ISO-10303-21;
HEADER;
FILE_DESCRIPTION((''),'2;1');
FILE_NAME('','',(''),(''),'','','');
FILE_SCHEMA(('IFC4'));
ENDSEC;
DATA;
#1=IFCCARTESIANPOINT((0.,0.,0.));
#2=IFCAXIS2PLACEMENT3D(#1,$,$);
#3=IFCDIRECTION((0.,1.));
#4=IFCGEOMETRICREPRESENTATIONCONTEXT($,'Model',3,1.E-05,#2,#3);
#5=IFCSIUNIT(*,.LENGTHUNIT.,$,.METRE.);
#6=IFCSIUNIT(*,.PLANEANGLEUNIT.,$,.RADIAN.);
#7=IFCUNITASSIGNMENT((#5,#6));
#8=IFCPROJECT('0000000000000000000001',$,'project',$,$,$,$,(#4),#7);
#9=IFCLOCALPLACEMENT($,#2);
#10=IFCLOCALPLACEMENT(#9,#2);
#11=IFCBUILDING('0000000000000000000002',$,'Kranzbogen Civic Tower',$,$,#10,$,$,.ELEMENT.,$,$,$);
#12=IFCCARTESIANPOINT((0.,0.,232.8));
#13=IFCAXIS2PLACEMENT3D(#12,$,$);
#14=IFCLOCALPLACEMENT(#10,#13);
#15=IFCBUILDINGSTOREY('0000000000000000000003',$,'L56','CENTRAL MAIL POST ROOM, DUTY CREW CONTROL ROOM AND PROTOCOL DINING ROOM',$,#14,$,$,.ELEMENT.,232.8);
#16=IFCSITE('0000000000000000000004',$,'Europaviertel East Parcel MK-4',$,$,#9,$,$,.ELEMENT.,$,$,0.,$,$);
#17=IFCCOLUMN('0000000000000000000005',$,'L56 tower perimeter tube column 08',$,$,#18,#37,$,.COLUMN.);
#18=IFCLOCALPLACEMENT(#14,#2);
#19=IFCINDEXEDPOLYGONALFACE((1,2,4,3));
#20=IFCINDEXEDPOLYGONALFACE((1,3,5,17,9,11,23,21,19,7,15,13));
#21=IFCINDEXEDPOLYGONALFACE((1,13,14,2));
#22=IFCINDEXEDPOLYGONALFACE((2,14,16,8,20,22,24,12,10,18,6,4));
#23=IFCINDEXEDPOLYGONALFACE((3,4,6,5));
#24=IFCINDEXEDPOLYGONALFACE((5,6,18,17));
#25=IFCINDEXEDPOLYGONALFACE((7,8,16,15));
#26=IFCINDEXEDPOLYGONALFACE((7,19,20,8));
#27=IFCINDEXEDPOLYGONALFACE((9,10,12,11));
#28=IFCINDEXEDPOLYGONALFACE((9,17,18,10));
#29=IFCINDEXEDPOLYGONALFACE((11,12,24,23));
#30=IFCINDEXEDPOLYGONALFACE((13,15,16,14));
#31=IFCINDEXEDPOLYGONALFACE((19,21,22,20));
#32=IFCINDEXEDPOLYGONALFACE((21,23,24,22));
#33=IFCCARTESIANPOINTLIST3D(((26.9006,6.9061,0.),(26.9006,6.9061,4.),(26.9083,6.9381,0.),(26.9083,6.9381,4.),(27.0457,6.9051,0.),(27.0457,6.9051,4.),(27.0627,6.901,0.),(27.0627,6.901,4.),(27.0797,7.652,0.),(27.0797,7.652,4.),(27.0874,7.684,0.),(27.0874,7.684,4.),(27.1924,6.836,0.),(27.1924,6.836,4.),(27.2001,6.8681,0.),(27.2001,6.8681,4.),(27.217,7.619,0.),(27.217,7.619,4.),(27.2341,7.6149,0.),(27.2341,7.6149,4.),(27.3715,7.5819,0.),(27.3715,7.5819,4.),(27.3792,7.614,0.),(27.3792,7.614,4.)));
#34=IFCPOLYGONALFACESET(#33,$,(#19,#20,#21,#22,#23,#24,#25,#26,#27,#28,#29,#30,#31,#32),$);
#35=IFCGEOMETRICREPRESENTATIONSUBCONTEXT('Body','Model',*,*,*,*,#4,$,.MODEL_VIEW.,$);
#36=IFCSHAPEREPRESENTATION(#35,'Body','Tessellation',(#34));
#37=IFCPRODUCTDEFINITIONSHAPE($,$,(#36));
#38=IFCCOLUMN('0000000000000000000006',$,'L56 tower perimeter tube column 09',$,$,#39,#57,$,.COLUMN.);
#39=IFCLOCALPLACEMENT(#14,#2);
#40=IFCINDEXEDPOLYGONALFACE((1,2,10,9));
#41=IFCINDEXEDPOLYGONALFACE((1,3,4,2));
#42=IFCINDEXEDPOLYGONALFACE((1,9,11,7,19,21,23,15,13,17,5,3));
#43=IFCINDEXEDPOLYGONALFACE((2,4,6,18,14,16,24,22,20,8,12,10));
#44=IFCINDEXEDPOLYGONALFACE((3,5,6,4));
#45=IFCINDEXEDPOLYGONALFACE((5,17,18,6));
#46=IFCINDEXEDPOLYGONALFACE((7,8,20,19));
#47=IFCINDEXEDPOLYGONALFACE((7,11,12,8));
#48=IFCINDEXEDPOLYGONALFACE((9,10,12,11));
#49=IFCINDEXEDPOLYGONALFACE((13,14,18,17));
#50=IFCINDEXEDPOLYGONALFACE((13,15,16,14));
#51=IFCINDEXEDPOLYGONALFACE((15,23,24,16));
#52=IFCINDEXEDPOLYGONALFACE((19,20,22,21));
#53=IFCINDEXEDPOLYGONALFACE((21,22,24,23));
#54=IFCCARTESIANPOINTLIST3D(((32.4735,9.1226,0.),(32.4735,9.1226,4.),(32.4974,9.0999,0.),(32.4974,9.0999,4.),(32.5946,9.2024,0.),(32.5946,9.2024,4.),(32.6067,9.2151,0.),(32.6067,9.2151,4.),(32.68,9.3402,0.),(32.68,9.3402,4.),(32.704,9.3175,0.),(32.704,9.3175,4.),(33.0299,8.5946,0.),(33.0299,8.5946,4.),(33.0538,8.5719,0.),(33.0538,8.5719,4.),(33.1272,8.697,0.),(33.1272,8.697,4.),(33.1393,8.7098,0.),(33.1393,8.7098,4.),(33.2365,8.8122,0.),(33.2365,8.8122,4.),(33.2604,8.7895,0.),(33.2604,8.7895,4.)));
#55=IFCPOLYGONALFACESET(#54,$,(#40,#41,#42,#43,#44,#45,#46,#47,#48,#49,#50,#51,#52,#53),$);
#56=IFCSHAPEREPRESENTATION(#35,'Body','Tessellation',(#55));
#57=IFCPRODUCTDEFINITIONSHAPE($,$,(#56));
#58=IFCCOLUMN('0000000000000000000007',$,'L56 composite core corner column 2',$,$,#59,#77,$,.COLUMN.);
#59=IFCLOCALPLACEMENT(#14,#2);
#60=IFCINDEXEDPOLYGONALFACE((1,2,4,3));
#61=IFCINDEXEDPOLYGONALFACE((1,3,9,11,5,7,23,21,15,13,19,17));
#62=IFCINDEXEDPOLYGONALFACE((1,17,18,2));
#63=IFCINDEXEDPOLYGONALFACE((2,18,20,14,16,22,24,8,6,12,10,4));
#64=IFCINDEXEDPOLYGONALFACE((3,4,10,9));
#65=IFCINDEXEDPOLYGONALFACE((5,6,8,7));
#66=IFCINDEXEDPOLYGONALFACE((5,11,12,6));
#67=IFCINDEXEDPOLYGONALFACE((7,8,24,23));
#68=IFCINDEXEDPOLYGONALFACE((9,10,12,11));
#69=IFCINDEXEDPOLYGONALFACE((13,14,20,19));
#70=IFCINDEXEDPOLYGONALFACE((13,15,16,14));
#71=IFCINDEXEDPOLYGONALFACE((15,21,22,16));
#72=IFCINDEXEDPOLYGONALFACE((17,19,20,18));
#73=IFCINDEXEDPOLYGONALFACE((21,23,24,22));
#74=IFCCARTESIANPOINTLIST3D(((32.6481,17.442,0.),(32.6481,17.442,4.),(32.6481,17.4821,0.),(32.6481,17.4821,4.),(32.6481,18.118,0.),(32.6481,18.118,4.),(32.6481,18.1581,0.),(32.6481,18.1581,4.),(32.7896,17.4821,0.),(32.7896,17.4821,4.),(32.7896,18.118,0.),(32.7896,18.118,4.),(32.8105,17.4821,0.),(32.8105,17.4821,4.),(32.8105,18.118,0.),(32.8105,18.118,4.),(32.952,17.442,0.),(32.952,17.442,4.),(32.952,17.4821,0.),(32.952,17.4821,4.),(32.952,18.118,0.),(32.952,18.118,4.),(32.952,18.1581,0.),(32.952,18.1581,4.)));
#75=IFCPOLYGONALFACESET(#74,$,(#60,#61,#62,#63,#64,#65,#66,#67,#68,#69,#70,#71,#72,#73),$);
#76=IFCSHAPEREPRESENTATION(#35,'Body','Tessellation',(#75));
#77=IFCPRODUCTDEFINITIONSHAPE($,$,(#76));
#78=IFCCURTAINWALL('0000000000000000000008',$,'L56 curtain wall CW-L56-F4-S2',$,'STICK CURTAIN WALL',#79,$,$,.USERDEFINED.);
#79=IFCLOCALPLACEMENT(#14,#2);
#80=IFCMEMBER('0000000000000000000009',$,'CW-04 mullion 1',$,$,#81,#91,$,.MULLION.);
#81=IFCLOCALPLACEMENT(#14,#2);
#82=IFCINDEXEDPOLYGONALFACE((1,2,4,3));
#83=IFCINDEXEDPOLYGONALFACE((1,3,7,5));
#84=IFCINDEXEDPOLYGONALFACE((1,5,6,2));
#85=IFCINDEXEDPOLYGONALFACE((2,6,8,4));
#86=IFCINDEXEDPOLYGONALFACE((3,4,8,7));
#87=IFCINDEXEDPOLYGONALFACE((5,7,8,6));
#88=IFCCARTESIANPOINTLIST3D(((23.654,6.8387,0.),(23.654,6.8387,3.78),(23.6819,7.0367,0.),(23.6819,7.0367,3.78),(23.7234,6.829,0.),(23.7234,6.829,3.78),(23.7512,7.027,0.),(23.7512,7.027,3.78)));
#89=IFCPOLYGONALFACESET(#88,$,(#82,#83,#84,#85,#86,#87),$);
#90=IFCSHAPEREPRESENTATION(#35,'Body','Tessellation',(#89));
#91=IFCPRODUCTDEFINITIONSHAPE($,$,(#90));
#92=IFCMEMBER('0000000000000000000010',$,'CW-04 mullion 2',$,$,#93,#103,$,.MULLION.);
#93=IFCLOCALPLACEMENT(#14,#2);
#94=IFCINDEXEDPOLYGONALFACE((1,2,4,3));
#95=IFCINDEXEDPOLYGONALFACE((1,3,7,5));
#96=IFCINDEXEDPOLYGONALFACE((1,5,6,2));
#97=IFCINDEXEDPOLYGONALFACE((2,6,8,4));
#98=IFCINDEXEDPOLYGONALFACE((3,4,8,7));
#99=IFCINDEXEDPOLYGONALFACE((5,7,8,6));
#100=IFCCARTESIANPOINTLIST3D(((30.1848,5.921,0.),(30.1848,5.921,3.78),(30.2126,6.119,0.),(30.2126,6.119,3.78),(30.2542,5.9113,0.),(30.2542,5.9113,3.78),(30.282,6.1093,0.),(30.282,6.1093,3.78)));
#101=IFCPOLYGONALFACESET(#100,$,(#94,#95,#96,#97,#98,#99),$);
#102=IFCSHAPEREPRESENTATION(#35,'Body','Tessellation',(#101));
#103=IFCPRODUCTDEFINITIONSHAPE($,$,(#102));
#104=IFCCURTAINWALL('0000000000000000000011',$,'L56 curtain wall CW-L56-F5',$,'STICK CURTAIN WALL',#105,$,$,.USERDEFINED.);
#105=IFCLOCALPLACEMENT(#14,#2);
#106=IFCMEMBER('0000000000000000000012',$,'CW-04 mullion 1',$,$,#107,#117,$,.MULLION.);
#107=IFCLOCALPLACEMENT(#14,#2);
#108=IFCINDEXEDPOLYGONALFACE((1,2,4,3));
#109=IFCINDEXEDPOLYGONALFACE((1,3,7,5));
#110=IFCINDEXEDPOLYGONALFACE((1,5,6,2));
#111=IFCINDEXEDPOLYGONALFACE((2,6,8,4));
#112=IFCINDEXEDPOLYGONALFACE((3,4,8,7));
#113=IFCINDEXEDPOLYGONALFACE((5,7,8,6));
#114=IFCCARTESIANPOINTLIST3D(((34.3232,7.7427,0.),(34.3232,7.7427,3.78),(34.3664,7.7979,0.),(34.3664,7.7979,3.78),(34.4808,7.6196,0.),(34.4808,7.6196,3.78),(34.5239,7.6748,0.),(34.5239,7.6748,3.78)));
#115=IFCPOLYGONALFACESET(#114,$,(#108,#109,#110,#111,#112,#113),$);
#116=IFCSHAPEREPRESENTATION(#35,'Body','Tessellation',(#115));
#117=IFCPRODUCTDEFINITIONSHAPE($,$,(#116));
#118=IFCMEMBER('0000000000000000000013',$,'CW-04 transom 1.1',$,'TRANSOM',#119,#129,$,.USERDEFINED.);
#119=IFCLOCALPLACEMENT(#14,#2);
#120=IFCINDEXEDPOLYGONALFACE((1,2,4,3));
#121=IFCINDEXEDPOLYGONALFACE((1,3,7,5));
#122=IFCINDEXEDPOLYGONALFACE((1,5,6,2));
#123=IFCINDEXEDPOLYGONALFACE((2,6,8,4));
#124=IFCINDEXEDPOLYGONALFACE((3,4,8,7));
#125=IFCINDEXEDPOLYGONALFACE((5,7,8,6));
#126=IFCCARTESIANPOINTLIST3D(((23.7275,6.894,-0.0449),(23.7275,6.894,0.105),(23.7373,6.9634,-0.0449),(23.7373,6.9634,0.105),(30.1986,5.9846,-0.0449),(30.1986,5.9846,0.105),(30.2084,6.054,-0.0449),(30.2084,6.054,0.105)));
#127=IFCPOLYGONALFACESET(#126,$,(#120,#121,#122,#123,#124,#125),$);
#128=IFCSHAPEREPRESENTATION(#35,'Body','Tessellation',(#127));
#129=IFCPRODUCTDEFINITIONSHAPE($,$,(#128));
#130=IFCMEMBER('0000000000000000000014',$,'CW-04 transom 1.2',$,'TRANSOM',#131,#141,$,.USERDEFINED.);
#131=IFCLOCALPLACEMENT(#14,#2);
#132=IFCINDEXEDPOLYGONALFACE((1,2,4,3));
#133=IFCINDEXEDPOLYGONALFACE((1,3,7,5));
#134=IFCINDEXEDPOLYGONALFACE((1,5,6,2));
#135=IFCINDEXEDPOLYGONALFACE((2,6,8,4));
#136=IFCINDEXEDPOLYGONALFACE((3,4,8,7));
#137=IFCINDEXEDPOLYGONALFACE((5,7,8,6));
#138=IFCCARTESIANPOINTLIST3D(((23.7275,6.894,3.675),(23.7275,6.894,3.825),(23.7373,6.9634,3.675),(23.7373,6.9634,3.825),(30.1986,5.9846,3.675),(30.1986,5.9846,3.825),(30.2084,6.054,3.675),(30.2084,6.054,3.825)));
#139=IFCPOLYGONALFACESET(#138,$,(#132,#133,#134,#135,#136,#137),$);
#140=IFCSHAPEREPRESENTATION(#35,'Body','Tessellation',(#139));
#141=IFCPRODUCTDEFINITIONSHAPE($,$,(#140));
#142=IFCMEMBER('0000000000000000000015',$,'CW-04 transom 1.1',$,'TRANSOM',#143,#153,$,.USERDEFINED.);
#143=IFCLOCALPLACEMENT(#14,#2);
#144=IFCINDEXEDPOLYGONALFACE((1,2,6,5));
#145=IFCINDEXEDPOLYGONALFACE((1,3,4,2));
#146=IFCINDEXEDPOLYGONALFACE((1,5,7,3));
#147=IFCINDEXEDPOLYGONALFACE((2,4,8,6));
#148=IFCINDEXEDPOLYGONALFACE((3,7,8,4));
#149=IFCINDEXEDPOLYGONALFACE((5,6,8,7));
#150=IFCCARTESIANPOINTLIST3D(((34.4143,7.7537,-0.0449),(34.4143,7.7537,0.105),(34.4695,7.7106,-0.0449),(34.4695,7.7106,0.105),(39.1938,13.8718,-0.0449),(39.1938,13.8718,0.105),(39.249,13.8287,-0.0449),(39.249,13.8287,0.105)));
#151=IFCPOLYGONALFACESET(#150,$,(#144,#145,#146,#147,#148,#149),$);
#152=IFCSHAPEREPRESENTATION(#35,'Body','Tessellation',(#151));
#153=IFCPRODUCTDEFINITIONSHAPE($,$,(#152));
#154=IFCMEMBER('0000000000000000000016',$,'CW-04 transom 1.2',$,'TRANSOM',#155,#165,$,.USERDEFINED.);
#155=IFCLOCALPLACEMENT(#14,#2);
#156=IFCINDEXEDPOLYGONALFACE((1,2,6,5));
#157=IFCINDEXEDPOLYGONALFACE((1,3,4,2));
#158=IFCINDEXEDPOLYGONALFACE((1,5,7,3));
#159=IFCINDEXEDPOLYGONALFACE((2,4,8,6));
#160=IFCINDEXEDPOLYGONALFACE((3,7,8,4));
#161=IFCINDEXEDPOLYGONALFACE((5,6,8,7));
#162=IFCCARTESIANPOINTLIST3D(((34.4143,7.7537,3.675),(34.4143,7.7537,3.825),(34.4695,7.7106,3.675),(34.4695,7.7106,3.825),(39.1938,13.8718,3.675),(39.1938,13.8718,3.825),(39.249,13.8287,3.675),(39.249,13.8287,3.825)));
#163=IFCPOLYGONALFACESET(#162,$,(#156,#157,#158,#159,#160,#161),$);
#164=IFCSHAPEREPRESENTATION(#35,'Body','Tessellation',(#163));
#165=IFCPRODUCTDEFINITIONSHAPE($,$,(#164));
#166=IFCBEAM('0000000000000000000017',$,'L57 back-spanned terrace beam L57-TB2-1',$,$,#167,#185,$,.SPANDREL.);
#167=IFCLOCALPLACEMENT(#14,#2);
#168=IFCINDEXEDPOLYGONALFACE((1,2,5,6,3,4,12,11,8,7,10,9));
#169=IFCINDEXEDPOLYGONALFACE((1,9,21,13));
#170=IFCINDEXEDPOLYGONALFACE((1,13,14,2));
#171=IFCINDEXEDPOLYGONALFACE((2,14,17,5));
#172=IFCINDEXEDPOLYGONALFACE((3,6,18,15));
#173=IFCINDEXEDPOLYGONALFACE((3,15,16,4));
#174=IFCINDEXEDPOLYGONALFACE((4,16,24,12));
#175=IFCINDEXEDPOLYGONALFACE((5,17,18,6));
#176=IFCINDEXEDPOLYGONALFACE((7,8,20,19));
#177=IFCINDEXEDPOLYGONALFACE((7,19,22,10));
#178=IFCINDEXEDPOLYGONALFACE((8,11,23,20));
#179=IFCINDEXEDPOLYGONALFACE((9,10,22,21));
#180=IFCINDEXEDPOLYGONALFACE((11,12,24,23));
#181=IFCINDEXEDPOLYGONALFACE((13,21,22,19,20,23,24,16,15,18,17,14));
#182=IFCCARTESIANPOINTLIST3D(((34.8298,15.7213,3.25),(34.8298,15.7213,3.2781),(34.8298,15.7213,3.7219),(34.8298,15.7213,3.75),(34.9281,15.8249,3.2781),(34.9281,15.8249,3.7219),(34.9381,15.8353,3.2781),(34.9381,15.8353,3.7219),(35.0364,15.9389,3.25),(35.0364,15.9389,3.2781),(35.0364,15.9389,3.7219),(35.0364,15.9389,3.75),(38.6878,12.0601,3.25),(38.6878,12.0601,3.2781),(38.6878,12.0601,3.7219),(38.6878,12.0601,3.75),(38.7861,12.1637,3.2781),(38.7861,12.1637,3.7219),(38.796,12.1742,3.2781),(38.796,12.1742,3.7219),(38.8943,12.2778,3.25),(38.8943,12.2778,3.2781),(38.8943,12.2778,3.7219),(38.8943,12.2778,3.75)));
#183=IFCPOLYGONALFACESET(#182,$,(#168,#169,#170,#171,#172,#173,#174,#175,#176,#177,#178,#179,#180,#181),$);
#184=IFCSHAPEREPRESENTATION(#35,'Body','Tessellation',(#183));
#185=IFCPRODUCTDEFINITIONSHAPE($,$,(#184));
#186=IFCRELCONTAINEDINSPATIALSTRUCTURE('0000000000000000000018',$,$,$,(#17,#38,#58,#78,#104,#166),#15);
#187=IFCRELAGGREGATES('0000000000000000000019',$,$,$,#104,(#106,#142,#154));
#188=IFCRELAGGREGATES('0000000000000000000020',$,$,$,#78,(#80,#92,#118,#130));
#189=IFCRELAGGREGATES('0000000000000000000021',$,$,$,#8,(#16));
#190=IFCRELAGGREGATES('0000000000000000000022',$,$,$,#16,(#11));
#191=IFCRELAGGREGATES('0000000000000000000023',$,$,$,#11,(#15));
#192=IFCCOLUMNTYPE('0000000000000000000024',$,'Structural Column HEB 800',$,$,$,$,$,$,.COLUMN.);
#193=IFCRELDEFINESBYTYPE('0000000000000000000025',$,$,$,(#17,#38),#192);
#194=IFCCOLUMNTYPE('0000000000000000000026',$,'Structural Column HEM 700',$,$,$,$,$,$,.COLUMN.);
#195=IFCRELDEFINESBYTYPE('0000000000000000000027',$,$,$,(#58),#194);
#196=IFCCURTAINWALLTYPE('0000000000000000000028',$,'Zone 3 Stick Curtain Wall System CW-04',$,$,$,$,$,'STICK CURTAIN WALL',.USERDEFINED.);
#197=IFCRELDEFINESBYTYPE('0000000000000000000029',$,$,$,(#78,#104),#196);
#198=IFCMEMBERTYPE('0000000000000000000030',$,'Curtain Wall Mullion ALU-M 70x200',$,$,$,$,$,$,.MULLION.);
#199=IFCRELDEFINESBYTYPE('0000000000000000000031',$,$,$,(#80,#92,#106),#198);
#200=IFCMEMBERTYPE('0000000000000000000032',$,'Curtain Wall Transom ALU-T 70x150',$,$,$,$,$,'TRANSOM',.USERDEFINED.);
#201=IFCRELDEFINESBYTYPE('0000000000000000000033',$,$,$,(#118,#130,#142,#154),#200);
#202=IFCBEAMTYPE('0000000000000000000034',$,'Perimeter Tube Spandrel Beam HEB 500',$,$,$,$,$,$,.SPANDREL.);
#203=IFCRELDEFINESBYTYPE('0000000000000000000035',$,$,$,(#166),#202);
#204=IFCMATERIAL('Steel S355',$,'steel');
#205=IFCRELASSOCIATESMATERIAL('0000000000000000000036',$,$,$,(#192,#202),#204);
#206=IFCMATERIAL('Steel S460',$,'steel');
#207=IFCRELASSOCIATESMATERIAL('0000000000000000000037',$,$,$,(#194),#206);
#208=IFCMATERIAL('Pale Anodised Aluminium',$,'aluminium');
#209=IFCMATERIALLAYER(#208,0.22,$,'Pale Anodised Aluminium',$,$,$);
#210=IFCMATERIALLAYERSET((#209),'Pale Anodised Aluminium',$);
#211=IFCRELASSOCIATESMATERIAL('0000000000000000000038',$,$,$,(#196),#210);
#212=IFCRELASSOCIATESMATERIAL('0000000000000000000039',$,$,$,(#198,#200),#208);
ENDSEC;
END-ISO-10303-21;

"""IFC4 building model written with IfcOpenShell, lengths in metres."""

from ifc_helpers import new_model, si_unit, direction, frame, origin, origin_2d, place, context, subcontext, project, spatial, rectangle, i_section, extrude, material, layer, layer_set, material_profile, profile_set, type_object, element, aggregate, save


model = new_model("IFC4")

# Units and contexts
model_context = context("Model", 3, precision=1e-05, world=origin(), true_north=direction((0.0, 1.0)))
body_context = subcontext(model_context, "Body", "Model", "MODEL_VIEW")
ifc_project = project(units=[si_unit("LENGTHUNIT", "METRE"), si_unit("PLANEANGLEUNIT", "RADIAN")], contexts=[model_context])

# Site, building, storey
site_placement = place(None, origin())
site = spatial("IfcSite", under=ifc_project, at=site_placement, Name="Europaviertel East Parcel MK-4", CompositionType="ELEMENT", RefElevation=0.0)
building_placement = place(site_placement, origin())
building = spatial("IfcBuilding", under=site, at=building_placement, Name="Kranzbogen Civic Tower", CompositionType="ELEMENT")
storey_placement = place(building_placement, frame((0.0, 0.0, 232.8)))
storey = spatial("IfcBuildingStorey", under=building, at=storey_placement, Name="L56", Description="CENTRAL MAIL POST ROOM, DUTY CREW CONTROL ROOM AND PROTOCOL DINING ROOM", CompositionType="ELEMENT", Elevation=232.8)

# Columns
ifc_material_1 = material(Name="Steel S355", Category="steel")
ifc_material_profile_1 = material_profile(ifc_material_1, i_section(OverallWidth=0.3, OverallDepth=0.8, WebThickness=0.0176, FlangeThickness=0.033, at=origin_2d()), Name="HEB 800")
ifc_profile_set_1 = profile_set([ifc_material_profile_1], Name="Steel S355")
column_type_1 = type_object("IfcColumnType", Name="Structural Column HEB 800", PredefinedType="COLUMN", material=ifc_profile_set_1)
for number, where, z_axis, x_axis, name in (
    (1, (27.1399, 7.26, 0.0), (0.0, 0.0, 1.0), (-0.97237, 0.233445, 0.0), "L56 tower perimeter tube column 08"),
    (2, (32.8669, 8.9561, 0.0), (0.0, 0.0, 1.0), (0.688355, 0.725374, 0.0), "L56 tower perimeter tube column 09"),
):
    element("IfcColumn", number, at=place(storey_placement, frame(where, z_axis=z_axis, x_axis=x_axis)), inside=storey, type_object=column_type_1, Name=name, PredefinedType="COLUMN", context=body_context, shape_type="SweptSolid", body=[
        extrude(i_section(OverallWidth=0.3, OverallDepth=0.8, WebThickness=0.0176, FlangeThickness=0.033, at=origin_2d()), origin(), (0.0, 0.0, 1.0), 4.0),
    ])
ifc_material_2 = material(Name="Steel S460", Category="steel")
ifc_material_profile_2 = material_profile(ifc_material_2, i_section(OverallWidth=0.304, OverallDepth=0.7161, WebThickness=0.021, FlangeThickness=0.04, at=origin_2d()), Name="HEM 700")
ifc_profile_set_2 = profile_set([ifc_material_profile_2], Name="Steel S460")
column_type_2 = type_object("IfcColumnType", Name="Structural Column HEM 700", PredefinedType="COLUMN", material=ifc_profile_set_2)
column_placement = place(storey_placement, frame((32.8, 17.8, 0.0), z_axis=(0.0, 0.0, 1.0), x_axis=(1.0, 0.0, 0.0)))
element("IfcColumn", 3, at=column_placement, inside=storey, type_object=column_type_2, Name="L56 composite core corner column 2", PredefinedType="COLUMN", context=body_context, shape_type="SweptSolid", body=[
    extrude(i_section(OverallWidth=0.304, OverallDepth=0.7161, WebThickness=0.021, FlangeThickness=0.04, at=origin_2d()), origin(), (0.0, 0.0, 1.0), 4.0),
])

# Curtain wall, members
ifc_material_3 = material(Name="Pale Anodised Aluminium", Category="aluminium")
ifc_layer_1 = layer(ifc_material_3, 0.22, Name="Pale Anodised Aluminium")
ifc_layer_set_1 = layer_set([ifc_layer_1], Name="Pale Anodised Aluminium")
curtain_wall_type = type_object("IfcCurtainWallType", Name="Zone 3 Stick Curtain Wall System CW-04", ElementType="STICK CURTAIN WALL", PredefinedType="USERDEFINED", material=ifc_layer_set_1)
curtain_wall_1_placement = place(storey_placement, origin())
curtain_wall_1 = element("IfcCurtainWall", 4, at=curtain_wall_1_placement, inside=storey, type_object=curtain_wall_type, Name="L56 curtain wall CW-L56-F4-S2", ObjectType="STICK CURTAIN WALL", PredefinedType="USERDEFINED")
ifc_material_profile_3 = material_profile(ifc_material_3, rectangle(XDim=0.0701, YDim=0.2, at=origin_2d()), Name="ALU-M 70x200")
ifc_profile_set_3 = profile_set([ifc_material_profile_3], Name="Pale Anodised Aluminium")
member_type_1 = type_object("IfcMemberType", Name="Curtain Wall Mullion ALU-M 70x200", PredefinedType="MULLION", material=ifc_profile_set_3)
member_1_placement = place(storey_placement, frame((23.7026, 6.9329, 0.0), z_axis=(0.0, 0.0, 1.0), x_axis=(0.990271, -0.139149, 0.0)))
member_1 = element("IfcMember", 5, at=member_1_placement, type_object=member_type_1, Name="CW-04 mullion 1", PredefinedType="MULLION", context=body_context, shape_type="SweptSolid", body=[
    extrude(rectangle(XDim=0.0701, YDim=0.2, at=origin_2d()), origin(), (0.0, 0.0, 1.0), 3.78),
])
member_2_placement = place(storey_placement, frame((30.2334, 6.0151, 0.0), z_axis=(0.0, 0.0, 1.0), x_axis=(0.990271, -0.139149, 0.0)))
member_2 = element("IfcMember", 6, at=member_2_placement, type_object=member_type_1, Name="CW-04 mullion 2", PredefinedType="MULLION", context=body_context, shape_type="SweptSolid", body=[
    extrude(rectangle(XDim=0.0701, YDim=0.2, at=origin_2d()), origin(), (0.0, 0.0, 1.0), 3.78),
])

# Curtain wall, member
curtain_wall_2_placement = place(storey_placement, origin())
curtain_wall_2 = element("IfcCurtainWall", 7, at=curtain_wall_2_placement, inside=storey, type_object=curtain_wall_type, Name="L56 curtain wall CW-L56-F5", ObjectType="STICK CURTAIN WALL", PredefinedType="USERDEFINED")
member_3_placement = place(storey_placement, frame((34.4236, 7.7087, 0.0), z_axis=(0.0, 0.0, 1.0), x_axis=(0.615632, 0.788034, 0.0)))
member_3 = element("IfcMember", 8, at=member_3_placement, type_object=member_type_1, Name="CW-04 mullion 1", PredefinedType="MULLION", context=body_context, shape_type="SweptSolid", body=[
    extrude(rectangle(XDim=0.0701, YDim=0.2, at=origin_2d()), origin(), (0.0, 0.0, 1.0), 3.78),
])

# Members
ifc_material_profile_4 = material_profile(ifc_material_3, rectangle(XDim=0.0701, YDim=0.1499, at=origin_2d()), Name="ALU-T 70x150")
ifc_profile_set_4 = profile_set([ifc_material_profile_4], Name="Pale Anodised Aluminium")
member_type_2 = type_object("IfcMemberType", Name="Curtain Wall Transom ALU-T 70x150", ElementType="TRANSOM", PredefinedType="USERDEFINED", material=ifc_profile_set_4)
member_4_placement = place(storey_placement, frame((23.7324, 6.9287, 0.03), z_axis=(0.990269, -0.139167, 0.0), x_axis=(0.139167, 0.990269, 0.0)))
member_4 = element("IfcMember", 9, at=member_4_placement, type_object=member_type_2, Name="CW-04 transom 1.1", ObjectType="TRANSOM", PredefinedType="USERDEFINED", context=body_context, shape_type="SweptSolid", body=[
    extrude(rectangle(XDim=0.0701, YDim=0.1499, at=origin_2d()), origin(), (0.0, 0.0, 1.0), 6.5347),
])
member_5_placement = place(storey_placement, frame((23.7324, 6.9287, 3.75), z_axis=(0.990269, -0.139167, 0.0), x_axis=(0.139167, 0.990269, 0.0)))
member_5 = element("IfcMember", 10, at=member_5_placement, type_object=member_type_2, Name="CW-04 transom 1.2", ObjectType="TRANSOM", PredefinedType="USERDEFINED", context=body_context, shape_type="SweptSolid", body=[
    extrude(rectangle(XDim=0.0701, YDim=0.1499, at=origin_2d()), origin(), (0.0, 0.0, 1.0), 6.5347),
])
member_6_placement = place(storey_placement, frame((34.4419, 7.7322, 0.03), z_axis=(0.615622, 0.788042, 0.0), x_axis=(-0.788042, 0.615622, 0.0)))
member_6 = element("IfcMember", 11, at=member_6_placement, type_object=member_type_2, Name="CW-04 transom 1.1", ObjectType="TRANSOM", PredefinedType="USERDEFINED", context=body_context, shape_type="SweptSolid", body=[
    extrude(rectangle(XDim=0.0701, YDim=0.1499, at=origin_2d()), origin(), (0.0, 0.0, 1.0), 7.7637),
])
member_7_placement = place(storey_placement, frame((34.4419, 7.7322, 3.75), z_axis=(0.615622, 0.788042, 0.0), x_axis=(-0.788042, 0.615622, 0.0)))
member_7 = element("IfcMember", 12, at=member_7_placement, type_object=member_type_2, Name="CW-04 transom 1.2", ObjectType="TRANSOM", PredefinedType="USERDEFINED", context=body_context, shape_type="SweptSolid", body=[
    extrude(rectangle(XDim=0.0701, YDim=0.1499, at=origin_2d()), origin(), (0.0, 0.0, 1.0), 7.7637),
])
aggregate(curtain_wall_2, [member_3, member_6, member_7])

# Beam
ifc_material_profile_5 = material_profile(ifc_material_1, i_section(OverallWidth=0.3, OverallDepth=0.5, WebThickness=0.0144, FlangeThickness=0.0281, at=origin_2d()), Name="HEB 500")
ifc_profile_set_5 = profile_set([ifc_material_profile_5], Name="Steel S355")
beam_type_1 = type_object("IfcBeamType", Name="Perimeter Tube Spandrel Beam HEB 500", PredefinedType="SPANDREL", material=ifc_profile_set_5)
beam_1_placement = place(storey_placement, frame((34.9331, 15.8301, 3.5), z_axis=(0.725364, -0.688366, 0.0), x_axis=(0.688366, 0.725364, 0.0)))
element("IfcBeam", 13, at=beam_1_placement, inside=storey, type_object=beam_type_1, Name="L57 back-spanned terrace beam L57-TB2-1", PredefinedType="SPANDREL", context=body_context, shape_type="SweptSolid", body=[
    extrude(i_section(OverallWidth=0.3, OverallDepth=0.5, WebThickness=0.0144, FlangeThickness=0.0281, at=origin_2d()), origin(), (0.0, 0.0, 1.0), 5.3186),
])

aggregate(curtain_wall_1, [member_1, member_2, member_4, member_5])

save(model, "model.ifc")
